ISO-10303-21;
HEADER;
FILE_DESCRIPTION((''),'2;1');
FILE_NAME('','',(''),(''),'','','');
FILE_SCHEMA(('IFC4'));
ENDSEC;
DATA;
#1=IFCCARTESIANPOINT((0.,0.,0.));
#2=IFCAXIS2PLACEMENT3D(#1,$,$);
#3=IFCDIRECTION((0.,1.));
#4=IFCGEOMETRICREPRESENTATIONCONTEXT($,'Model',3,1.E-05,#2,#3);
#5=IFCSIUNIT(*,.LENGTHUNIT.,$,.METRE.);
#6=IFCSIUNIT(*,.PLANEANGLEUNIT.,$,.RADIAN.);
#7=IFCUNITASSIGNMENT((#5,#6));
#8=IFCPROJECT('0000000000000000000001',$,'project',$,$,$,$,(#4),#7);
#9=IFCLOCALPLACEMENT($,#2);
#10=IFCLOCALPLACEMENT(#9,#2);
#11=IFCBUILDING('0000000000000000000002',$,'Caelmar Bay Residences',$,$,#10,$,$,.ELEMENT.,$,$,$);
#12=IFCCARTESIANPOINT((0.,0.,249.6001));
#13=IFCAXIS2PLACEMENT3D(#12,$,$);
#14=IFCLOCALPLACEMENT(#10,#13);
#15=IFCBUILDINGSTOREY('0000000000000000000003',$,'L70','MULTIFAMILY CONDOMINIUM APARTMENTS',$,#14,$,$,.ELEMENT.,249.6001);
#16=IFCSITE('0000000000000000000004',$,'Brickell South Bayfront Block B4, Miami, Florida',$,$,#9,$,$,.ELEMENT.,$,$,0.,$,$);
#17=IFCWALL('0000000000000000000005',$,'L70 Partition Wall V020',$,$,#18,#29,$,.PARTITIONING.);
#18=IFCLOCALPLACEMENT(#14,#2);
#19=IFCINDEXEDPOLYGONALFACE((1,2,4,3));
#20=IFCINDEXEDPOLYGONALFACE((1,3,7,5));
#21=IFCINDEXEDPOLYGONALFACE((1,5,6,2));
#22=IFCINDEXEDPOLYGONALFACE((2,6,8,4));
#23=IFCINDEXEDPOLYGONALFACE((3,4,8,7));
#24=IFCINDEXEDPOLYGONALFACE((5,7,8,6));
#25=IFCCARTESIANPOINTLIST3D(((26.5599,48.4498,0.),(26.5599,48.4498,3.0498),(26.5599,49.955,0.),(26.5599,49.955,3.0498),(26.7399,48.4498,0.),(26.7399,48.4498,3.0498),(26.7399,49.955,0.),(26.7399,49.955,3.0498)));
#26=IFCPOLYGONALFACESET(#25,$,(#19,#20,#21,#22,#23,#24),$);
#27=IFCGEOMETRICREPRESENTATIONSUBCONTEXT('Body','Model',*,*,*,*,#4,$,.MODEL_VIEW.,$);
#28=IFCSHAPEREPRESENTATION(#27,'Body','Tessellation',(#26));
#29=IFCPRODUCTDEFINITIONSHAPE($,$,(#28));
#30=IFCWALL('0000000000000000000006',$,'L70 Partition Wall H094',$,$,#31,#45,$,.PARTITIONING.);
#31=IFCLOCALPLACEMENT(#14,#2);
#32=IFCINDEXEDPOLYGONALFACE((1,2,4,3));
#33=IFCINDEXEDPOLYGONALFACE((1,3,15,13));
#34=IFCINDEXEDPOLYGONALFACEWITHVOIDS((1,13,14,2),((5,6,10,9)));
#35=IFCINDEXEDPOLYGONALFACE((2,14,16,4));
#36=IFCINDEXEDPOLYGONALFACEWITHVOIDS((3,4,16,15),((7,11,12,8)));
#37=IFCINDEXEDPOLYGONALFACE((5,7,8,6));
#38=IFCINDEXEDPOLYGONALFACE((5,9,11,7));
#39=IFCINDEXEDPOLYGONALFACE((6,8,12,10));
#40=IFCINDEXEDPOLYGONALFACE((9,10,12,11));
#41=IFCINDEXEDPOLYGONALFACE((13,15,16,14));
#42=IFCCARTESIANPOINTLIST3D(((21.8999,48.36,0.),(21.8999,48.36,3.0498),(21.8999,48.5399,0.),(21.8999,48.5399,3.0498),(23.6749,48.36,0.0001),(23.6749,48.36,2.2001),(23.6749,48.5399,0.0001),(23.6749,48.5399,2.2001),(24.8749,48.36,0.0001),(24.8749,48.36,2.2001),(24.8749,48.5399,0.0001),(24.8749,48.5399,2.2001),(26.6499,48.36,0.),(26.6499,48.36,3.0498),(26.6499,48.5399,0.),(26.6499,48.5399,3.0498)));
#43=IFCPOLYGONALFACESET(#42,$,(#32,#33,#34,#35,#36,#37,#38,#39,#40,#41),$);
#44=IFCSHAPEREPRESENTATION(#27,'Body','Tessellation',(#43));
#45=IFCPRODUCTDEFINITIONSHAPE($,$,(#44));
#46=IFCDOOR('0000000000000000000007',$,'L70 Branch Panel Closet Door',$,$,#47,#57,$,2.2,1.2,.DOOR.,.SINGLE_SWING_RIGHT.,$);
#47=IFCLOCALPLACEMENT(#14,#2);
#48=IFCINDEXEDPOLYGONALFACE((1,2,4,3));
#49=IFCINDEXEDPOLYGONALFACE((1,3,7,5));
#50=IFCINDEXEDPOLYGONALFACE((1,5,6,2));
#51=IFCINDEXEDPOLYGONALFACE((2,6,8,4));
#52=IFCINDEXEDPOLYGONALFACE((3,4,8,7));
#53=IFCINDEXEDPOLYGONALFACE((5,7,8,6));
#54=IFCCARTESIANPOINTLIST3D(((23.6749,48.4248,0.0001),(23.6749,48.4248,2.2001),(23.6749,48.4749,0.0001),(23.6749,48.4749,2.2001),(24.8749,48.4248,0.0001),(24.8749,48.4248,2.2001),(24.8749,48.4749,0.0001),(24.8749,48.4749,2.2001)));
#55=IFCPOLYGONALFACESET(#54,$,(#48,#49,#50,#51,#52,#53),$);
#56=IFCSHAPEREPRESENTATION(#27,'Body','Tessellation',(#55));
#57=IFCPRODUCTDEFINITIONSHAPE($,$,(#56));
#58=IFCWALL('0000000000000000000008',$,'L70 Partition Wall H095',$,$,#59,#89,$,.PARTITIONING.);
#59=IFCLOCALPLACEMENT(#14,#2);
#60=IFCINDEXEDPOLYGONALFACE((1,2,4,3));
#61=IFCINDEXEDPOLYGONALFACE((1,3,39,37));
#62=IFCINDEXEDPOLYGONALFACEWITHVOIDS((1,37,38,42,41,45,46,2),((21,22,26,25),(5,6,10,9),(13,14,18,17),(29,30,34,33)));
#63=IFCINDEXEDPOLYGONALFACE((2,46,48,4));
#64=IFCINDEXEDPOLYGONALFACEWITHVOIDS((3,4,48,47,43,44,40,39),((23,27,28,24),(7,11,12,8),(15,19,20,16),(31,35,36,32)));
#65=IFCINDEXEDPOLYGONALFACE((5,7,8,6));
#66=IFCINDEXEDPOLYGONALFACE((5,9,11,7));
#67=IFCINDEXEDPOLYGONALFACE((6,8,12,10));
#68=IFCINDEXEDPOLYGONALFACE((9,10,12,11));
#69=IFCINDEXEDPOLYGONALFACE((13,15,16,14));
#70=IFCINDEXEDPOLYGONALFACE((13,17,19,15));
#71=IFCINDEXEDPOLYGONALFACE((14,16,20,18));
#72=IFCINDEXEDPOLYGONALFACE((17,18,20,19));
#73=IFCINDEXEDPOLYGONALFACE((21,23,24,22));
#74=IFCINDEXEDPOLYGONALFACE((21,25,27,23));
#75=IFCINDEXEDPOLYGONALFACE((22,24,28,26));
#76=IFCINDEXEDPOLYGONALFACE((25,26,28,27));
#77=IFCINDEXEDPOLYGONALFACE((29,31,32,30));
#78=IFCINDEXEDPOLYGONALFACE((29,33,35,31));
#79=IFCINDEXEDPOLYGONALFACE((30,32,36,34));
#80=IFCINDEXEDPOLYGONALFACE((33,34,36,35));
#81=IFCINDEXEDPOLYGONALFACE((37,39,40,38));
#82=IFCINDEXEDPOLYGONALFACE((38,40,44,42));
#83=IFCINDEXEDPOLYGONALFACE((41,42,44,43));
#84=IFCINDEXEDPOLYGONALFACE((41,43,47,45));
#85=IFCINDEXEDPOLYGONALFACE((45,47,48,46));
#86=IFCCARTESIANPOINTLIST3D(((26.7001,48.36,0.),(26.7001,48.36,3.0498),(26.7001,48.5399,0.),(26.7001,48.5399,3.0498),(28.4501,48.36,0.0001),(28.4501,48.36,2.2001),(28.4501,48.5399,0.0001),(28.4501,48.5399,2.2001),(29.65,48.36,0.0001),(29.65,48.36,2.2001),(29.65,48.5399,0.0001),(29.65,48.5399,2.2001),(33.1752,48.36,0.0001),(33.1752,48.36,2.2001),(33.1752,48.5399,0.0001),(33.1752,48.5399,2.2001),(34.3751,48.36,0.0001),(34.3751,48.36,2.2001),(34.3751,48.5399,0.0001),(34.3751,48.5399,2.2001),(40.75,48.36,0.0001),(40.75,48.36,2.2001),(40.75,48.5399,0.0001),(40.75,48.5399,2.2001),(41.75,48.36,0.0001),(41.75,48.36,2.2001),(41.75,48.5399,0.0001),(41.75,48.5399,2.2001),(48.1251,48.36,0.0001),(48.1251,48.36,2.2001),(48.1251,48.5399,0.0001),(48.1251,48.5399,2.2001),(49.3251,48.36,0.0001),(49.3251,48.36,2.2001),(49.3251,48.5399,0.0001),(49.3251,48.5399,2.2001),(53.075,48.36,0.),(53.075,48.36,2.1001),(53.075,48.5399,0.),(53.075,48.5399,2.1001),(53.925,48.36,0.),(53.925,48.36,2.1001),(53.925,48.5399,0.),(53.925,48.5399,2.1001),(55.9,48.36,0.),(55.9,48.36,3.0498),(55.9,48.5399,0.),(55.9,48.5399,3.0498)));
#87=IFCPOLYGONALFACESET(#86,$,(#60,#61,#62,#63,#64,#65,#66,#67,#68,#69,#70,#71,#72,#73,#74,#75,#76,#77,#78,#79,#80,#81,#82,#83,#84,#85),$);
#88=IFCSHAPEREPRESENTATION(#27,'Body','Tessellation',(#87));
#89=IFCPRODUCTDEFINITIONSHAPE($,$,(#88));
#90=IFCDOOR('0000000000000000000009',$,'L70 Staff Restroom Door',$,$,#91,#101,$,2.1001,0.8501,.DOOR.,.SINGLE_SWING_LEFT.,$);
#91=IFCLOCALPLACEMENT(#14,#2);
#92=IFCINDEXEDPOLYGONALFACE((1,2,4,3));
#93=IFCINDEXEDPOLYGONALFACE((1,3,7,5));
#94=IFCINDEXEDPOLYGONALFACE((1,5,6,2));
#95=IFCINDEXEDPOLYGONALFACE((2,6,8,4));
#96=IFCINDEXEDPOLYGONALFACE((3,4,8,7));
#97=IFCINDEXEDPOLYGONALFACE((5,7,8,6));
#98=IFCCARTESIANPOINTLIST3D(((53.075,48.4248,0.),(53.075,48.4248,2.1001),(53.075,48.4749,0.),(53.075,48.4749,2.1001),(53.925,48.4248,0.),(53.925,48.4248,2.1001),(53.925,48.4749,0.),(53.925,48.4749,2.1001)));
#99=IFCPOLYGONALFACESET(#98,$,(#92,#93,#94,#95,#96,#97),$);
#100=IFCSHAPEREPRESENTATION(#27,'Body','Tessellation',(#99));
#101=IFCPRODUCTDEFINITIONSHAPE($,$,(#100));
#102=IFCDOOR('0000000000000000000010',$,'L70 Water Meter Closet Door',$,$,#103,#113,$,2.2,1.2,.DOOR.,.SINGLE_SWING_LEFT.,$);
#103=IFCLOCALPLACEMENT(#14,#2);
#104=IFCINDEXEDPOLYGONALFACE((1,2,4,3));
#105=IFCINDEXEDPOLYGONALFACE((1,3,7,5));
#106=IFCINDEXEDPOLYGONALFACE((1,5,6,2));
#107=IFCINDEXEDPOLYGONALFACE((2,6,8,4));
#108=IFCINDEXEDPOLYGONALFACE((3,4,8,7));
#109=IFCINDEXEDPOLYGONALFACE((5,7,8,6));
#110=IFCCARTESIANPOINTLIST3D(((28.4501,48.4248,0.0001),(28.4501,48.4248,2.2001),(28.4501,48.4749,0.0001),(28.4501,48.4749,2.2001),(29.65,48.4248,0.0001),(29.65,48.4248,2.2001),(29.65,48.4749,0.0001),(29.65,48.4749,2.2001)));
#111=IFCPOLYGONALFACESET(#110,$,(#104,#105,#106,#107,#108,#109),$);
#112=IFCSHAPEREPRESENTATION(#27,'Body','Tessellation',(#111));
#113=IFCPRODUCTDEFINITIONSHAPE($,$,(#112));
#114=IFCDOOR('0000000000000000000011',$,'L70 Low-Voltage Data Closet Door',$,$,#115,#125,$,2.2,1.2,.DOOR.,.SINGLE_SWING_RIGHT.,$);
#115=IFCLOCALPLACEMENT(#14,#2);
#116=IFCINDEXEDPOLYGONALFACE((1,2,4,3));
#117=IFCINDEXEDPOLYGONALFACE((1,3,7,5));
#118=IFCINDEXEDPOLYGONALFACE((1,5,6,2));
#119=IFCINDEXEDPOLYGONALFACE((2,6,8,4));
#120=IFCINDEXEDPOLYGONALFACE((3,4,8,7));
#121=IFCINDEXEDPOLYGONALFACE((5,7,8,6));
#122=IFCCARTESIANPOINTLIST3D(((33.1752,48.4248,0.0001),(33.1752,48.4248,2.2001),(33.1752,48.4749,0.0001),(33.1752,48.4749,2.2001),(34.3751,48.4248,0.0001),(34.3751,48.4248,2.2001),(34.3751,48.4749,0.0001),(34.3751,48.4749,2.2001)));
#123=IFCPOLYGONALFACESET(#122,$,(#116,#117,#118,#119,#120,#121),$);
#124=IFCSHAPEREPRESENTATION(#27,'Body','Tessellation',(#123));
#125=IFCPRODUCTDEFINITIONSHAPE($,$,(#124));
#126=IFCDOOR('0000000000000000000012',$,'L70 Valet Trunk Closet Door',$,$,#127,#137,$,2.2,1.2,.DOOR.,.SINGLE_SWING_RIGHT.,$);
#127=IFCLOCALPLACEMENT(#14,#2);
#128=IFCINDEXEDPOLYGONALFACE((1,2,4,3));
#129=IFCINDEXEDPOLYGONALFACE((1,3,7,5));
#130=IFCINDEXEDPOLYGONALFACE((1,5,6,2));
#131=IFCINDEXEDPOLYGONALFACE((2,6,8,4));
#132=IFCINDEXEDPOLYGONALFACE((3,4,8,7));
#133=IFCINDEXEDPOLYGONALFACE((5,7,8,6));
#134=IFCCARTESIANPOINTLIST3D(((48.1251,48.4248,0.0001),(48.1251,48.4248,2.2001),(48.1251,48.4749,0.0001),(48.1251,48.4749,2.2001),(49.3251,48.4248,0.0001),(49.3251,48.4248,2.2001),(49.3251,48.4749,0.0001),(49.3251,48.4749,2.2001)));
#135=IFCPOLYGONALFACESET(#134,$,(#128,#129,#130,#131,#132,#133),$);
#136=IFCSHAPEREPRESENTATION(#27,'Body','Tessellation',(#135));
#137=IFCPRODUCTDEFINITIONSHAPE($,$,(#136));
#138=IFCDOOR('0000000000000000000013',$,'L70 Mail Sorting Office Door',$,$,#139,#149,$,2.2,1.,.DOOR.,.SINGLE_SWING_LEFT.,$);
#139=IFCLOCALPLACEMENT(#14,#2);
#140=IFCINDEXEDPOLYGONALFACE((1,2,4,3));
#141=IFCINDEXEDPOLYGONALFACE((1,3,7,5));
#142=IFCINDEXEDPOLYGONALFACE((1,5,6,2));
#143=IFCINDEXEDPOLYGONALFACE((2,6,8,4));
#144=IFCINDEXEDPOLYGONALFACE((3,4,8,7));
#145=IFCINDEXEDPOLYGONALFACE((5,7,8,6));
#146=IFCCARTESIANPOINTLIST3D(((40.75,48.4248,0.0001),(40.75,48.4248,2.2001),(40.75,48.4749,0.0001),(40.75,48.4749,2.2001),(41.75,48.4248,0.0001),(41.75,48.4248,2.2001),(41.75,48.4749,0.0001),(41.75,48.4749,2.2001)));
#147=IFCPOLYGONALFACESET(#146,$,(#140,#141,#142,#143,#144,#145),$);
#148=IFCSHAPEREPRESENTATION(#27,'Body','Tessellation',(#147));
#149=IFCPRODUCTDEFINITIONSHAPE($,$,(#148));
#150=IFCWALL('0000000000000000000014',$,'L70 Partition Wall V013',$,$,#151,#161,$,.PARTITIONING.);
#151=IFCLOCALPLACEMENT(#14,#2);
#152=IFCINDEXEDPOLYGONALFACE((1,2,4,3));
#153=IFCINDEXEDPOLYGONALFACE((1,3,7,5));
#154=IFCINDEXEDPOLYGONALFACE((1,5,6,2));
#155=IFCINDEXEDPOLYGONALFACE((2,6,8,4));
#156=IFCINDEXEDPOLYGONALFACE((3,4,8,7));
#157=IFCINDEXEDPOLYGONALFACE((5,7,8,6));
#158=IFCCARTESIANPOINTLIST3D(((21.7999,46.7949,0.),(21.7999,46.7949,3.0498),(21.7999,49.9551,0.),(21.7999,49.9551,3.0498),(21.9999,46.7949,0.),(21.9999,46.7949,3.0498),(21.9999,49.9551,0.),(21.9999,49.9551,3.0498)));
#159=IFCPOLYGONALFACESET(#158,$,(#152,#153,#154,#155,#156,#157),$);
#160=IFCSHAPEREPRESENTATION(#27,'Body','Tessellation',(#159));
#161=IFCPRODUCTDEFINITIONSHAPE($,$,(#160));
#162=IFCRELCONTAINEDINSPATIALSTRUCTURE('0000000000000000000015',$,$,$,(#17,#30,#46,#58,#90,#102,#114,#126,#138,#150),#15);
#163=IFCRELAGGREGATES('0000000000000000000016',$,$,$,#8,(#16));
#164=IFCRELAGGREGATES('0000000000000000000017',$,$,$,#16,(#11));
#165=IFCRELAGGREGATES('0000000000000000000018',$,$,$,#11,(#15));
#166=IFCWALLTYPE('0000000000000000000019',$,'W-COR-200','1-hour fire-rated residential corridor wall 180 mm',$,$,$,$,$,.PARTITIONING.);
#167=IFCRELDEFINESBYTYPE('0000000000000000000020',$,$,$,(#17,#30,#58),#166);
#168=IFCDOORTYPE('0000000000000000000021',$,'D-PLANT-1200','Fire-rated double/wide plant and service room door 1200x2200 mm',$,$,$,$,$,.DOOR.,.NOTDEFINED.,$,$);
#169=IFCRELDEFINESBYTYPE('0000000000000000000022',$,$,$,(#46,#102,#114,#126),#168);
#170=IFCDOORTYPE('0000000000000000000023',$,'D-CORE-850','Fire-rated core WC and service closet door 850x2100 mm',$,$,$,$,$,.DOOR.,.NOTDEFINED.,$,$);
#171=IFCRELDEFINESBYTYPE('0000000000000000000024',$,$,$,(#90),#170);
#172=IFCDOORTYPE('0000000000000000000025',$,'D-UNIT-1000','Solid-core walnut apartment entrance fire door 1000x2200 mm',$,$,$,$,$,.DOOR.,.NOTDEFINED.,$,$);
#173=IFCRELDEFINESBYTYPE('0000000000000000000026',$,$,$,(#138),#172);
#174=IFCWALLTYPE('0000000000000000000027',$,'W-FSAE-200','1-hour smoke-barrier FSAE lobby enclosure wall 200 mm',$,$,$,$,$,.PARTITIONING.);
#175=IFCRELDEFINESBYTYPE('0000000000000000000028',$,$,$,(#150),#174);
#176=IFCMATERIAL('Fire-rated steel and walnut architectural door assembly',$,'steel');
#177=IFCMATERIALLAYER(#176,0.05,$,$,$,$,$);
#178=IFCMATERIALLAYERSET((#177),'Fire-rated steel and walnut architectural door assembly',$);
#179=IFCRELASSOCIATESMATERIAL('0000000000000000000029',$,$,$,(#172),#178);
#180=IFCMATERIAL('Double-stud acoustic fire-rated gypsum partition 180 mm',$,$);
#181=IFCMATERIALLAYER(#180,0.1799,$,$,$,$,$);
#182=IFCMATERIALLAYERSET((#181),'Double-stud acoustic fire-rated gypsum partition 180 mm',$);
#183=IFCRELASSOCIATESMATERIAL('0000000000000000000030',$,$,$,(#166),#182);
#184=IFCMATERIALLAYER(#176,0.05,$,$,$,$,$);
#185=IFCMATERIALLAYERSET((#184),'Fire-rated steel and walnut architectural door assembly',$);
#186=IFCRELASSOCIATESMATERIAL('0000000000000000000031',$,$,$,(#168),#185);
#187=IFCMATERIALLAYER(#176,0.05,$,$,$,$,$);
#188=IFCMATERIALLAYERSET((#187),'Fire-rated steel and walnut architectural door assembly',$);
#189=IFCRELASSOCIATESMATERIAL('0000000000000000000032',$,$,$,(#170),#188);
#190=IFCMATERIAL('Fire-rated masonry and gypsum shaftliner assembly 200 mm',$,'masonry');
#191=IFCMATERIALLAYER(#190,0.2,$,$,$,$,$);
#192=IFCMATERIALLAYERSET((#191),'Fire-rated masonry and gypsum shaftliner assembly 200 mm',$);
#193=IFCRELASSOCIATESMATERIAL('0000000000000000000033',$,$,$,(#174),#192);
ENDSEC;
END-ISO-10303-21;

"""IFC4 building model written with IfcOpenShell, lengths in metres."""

from ifc_helpers import new_model, si_unit, direction, frame, frame_2d, origin, place, context, subcontext, project, spatial, rectangle, extrude, material, layer, layer_set, type_object, element, fill, save


model = new_model("IFC4")

# Units and contexts
model_context = context("Model", 3, precision=1e-05, world=origin(), true_north=direction((0.0, 1.0)))
body_context = subcontext(model_context, "Body", "Model", "MODEL_VIEW")
ifc_project = project(units=[si_unit("LENGTHUNIT", "METRE"), si_unit("PLANEANGLEUNIT", "RADIAN")], contexts=[model_context])

# Site, building, storey
site_placement = place(None, origin())
site = spatial("IfcSite", under=ifc_project, at=site_placement, Name="Brickell South Bayfront Block B4, Miami, Florida", CompositionType="ELEMENT", RefElevation=0.0)
building_placement = place(site_placement, origin())
building = spatial("IfcBuilding", under=site, at=building_placement, Name="Caelmar Bay Residences", CompositionType="ELEMENT")
storey_placement = place(building_placement, frame((0.0, 0.0, 249.6001)))
storey = spatial("IfcBuildingStorey", under=building, at=storey_placement, Name="L70", Description="MULTIFAMILY CONDOMINIUM APARTMENTS", CompositionType="ELEMENT", Elevation=249.6001)

# Shared definitions
ifc_material_1 = material(Name="Fire-rated steel and walnut architectural door assembly", Category="steel")
ifc_layer_1 = layer(ifc_material_1, 0.05)
ifc_layer_set_1 = layer_set([ifc_layer_1], Name="Fire-rated steel and walnut architectural door assembly")
door_type_1 = type_object("IfcDoorType", Name="D-UNIT-1000", Description="Solid-core walnut apartment entrance fire door 1000x2200 mm", OperationType="NOTDEFINED", PredefinedType="DOOR", material=ifc_layer_set_1)

# Wall
ifc_material_2 = material(Name="Double-stud acoustic fire-rated gypsum partition 180 mm")
ifc_layer_2 = layer(ifc_material_2, 0.1799)
ifc_layer_set_2 = layer_set([ifc_layer_2], Name="Double-stud acoustic fire-rated gypsum partition 180 mm")
wall_type_1 = type_object("IfcWallType", Name="W-COR-200", Description="1-hour fire-rated residential corridor wall 180 mm", PredefinedType="PARTITIONING", material=ifc_layer_set_2)
wall_1_placement = place(storey_placement, frame((26.6499, 48.45, 0.0), z_axis=(0.0, 0.0, 1.0), x_axis=(0.0, 1.0, 0.0)))
element("IfcWall", 1, at=wall_1_placement, inside=storey, type_object=wall_type_1, Name="L70 Partition Wall V020", PredefinedType="PARTITIONING", context=body_context, shape_type="SweptSolid", body=[
    extrude(rectangle(XDim=1.5051, YDim=0.1799, at=frame_2d((0.7524, 0.0))), origin(), (0.0, 0.0, 1.0), 3.0498),
])

# Wall, opening, door
wall_2_placement = place(storey_placement, frame((21.8999, 48.45, 0.0), z_axis=(0.0, 0.0, 1.0), x_axis=(1.0, 0.0, 0.0)))
wall_2 = element("IfcWall", 2, at=wall_2_placement, inside=storey, type_object=wall_type_1, Name="L70 Partition Wall H094", PredefinedType="PARTITIONING", context=body_context, shape_type="SweptSolid", body=[
    extrude(rectangle(XDim=4.75, YDim=0.1799, at=frame_2d((2.375, 0.0))), origin(), (0.0, 0.0, 1.0), 3.0498),
])
opening_1_placement = place(wall_2_placement, frame((1.7749, 0.0, 0.0)))
opening_1 = element("IfcOpeningElement", 3, at=opening_1_placement, cuts=wall_2, PredefinedType="OPENING", context=body_context, shape_type="SweptSolid", body=[
    extrude(rectangle(XDim=1.2, YDim=2.2, at=frame_2d((0.6001, 1.1001))), frame((0.0, 0.0999, 0.0), z_axis=(0.0, -1.0, 0.0), x_axis=(1.0, 0.0, 0.0)), (0.0, 0.0, 1.0), 0.2),
])
ifc_layer_3 = layer(ifc_material_1, 0.05)
ifc_layer_set_3 = layer_set([ifc_layer_3], Name="Fire-rated steel and walnut architectural door assembly")
door_type_2 = type_object("IfcDoorType", Name="D-PLANT-1200", Description="Fire-rated double/wide plant and service room door 1200x2200 mm", OperationType="NOTDEFINED", PredefinedType="DOOR", material=ifc_layer_set_3)
door_1_placement = place(opening_1_placement, origin())
door_1 = element("IfcDoor", 4, at=door_1_placement, inside=storey, type_object=door_type_2, Name="L70 Branch Panel Closet Door", OperationType="SINGLE_SWING_RIGHT", OverallHeight=2.2, OverallWidth=1.2, PredefinedType="DOOR", context=body_context, shape_type="SweptSolid", body=[
    extrude(rectangle(XDim=1.2, YDim=2.2, at=frame_2d((0.6001, 1.1001))), frame((0.0, 0.0249, 0.0), z_axis=(0.0, -1.0, 0.0), x_axis=(1.0, 0.0, 0.0)), (0.0, 0.0, 1.0), 0.05),
])
fill(opening_1, door_1)

# Wall, openings, doors
wall_3_placement = place(storey_placement, frame((26.7, 48.45, 0.0), z_axis=(0.0, 0.0, 1.0), x_axis=(1.0, 0.0, 0.0)))
wall_3 = element("IfcWall", 5, at=wall_3_placement, inside=storey, type_object=wall_type_1, Name="L70 Partition Wall H095", PredefinedType="PARTITIONING", context=body_context, shape_type="SweptSolid", body=[
    extrude(rectangle(XDim=29.2, YDim=0.1799, at=frame_2d((14.6001, 0.0))), origin(), (0.0, 0.0, 1.0), 3.0498),
])
opening_2_placement = place(wall_3_placement, frame((1.75, 0.0, 0.0)))
opening_2 = element("IfcOpeningElement", 6, at=opening_2_placement, cuts=wall_3, PredefinedType="OPENING", context=body_context, shape_type="SweptSolid", body=[
    extrude(rectangle(XDim=1.2, YDim=2.2, at=frame_2d((0.6001, 1.1001))), frame((0.0, 0.0999, 0.0), z_axis=(0.0, -1.0, 0.0), x_axis=(1.0, 0.0, 0.0)), (0.0, 0.0, 1.0), 0.2),
])
opening_3_placement = place(wall_3_placement, frame((6.4751, 0.0, 0.0)))
opening_3 = element("IfcOpeningElement", 7, at=opening_3_placement, cuts=wall_3, PredefinedType="OPENING", context=body_context, shape_type="SweptSolid", body=[
    extrude(rectangle(XDim=1.2, YDim=2.2, at=frame_2d((0.6001, 1.1001))), frame((0.0, 0.0999, 0.0), z_axis=(0.0, -1.0, 0.0), x_axis=(1.0, 0.0, 0.0)), (0.0, 0.0, 1.0), 0.2),
])
opening_4_placement = place(wall_3_placement, frame((14.05, 0.0, 0.0)))
opening_4 = element("IfcOpeningElement", 8, at=opening_4_placement, cuts=wall_3, PredefinedType="OPENING", context=body_context, shape_type="SweptSolid", body=[
    extrude(rectangle(XDim=1.0, YDim=2.2, at=frame_2d((0.5, 1.1001))), frame((0.0, 0.0999, 0.0), z_axis=(0.0, -1.0, 0.0), x_axis=(1.0, 0.0, 0.0)), (0.0, 0.0, 1.0), 0.2),
])
opening_5_placement = place(wall_3_placement, frame((21.425, 0.0, 0.0)))
opening_5 = element("IfcOpeningElement", 9, at=opening_5_placement, cuts=wall_3, PredefinedType="OPENING", context=body_context, shape_type="SweptSolid", body=[
    extrude(rectangle(XDim=1.2, YDim=2.2, at=frame_2d((0.6001, 1.1001))), frame((0.0, 0.0999, 0.0), z_axis=(0.0, -1.0, 0.0), x_axis=(1.0, 0.0, 0.0)), (0.0, 0.0, 1.0), 0.2),
])
opening_6_placement = place(wall_3_placement, frame((26.375, 0.0, 0.0)))
opening_6 = element("IfcOpeningElement", 10, at=opening_6_placement, cuts=wall_3, PredefinedType="OPENING", context=body_context, shape_type="SweptSolid", body=[
    extrude(rectangle(XDim=0.8501, YDim=2.1001, at=frame_2d((0.425, 1.05))), frame((0.0, 0.0999, 0.0), z_axis=(0.0, -1.0, 0.0), x_axis=(1.0, 0.0, 0.0)), (0.0, 0.0, 1.0), 0.2),
])
ifc_layer_4 = layer(ifc_material_1, 0.05)
ifc_layer_set_4 = layer_set([ifc_layer_4], Name="Fire-rated steel and walnut architectural door assembly")
door_type_3 = type_object("IfcDoorType", Name="D-CORE-850", Description="Fire-rated core WC and service closet door 850x2100 mm", OperationType="NOTDEFINED", PredefinedType="DOOR", material=ifc_layer_set_4)
door_2_placement = place(opening_6_placement, origin())
door_2 = element("IfcDoor", 11, at=door_2_placement, inside=storey, type_object=door_type_3, Name="L70 Staff Restroom Door", OperationType="SINGLE_SWING_LEFT", OverallHeight=2.1001, OverallWidth=0.8501, PredefinedType="DOOR", context=body_context, shape_type="SweptSolid", body=[
    extrude(rectangle(XDim=0.8501, YDim=2.1001, at=frame_2d((0.425, 1.05))), frame((0.0, 0.0249, 0.0), z_axis=(0.0, -1.0, 0.0), x_axis=(1.0, 0.0, 0.0)), (0.0, 0.0, 1.0), 0.05),
])
fill(opening_6, door_2)
door_3_placement = place(opening_2_placement, origin())
door_3 = element("IfcDoor", 12, at=door_3_placement, inside=storey, type_object=door_type_2, Name="L70 Water Meter Closet Door", OperationType="SINGLE_SWING_LEFT", OverallHeight=2.2, OverallWidth=1.2, PredefinedType="DOOR", context=body_context, shape_type="SweptSolid", body=[
    extrude(rectangle(XDim=1.2, YDim=2.2, at=frame_2d((0.6001, 1.1001))), frame((0.0, 0.0249, 0.0), z_axis=(0.0, -1.0, 0.0), x_axis=(1.0, 0.0, 0.0)), (0.0, 0.0, 1.0), 0.05),
])
fill(opening_2, door_3)
door_4_placement = place(opening_3_placement, origin())
door_4 = element("IfcDoor", 13, at=door_4_placement, inside=storey, type_object=door_type_2, Name="L70 Low-Voltage Data Closet Door", OperationType="SINGLE_SWING_RIGHT", OverallHeight=2.2, OverallWidth=1.2, PredefinedType="DOOR", context=body_context, shape_type="SweptSolid", body=[
    extrude(rectangle(XDim=1.2, YDim=2.2, at=frame_2d((0.6001, 1.1001))), frame((0.0, 0.0249, 0.0), z_axis=(0.0, -1.0, 0.0), x_axis=(1.0, 0.0, 0.0)), (0.0, 0.0, 1.0), 0.05),
])
fill(opening_3, door_4)
door_5_placement = place(opening_5_placement, origin())
door_5 = element("IfcDoor", 14, at=door_5_placement, inside=storey, type_object=door_type_2, Name="L70 Valet Trunk Closet Door", OperationType="SINGLE_SWING_RIGHT", OverallHeight=2.2, OverallWidth=1.2, PredefinedType="DOOR", context=body_context, shape_type="SweptSolid", body=[
    extrude(rectangle(XDim=1.2, YDim=2.2, at=frame_2d((0.6001, 1.1001))), frame((0.0, 0.0249, 0.0), z_axis=(0.0, -1.0, 0.0), x_axis=(1.0, 0.0, 0.0)), (0.0, 0.0, 1.0), 0.05),
])
fill(opening_5, door_5)
door_6_placement = place(opening_4_placement, origin())
door_6 = element("IfcDoor", 15, at=door_6_placement, inside=storey, type_object=door_type_1, Name="L70 Mail Sorting Office Door", OperationType="SINGLE_SWING_LEFT", OverallHeight=2.2, OverallWidth=1.0, PredefinedType="DOOR", context=body_context, shape_type="SweptSolid", body=[
    extrude(rectangle(XDim=1.0, YDim=2.2, at=frame_2d((0.5, 1.1001))), frame((0.0, 0.0249, 0.0), z_axis=(0.0, -1.0, 0.0), x_axis=(1.0, 0.0, 0.0)), (0.0, 0.0, 1.0), 0.05),
])
fill(opening_4, door_6)

# Wall
ifc_material_3 = material(Name="Fire-rated masonry and gypsum shaftliner assembly 200 mm", Category="masonry")
ifc_layer_5 = layer(ifc_material_3, 0.2)
ifc_layer_set_5 = layer_set([ifc_layer_5], Name="Fire-rated masonry and gypsum shaftliner assembly 200 mm")
wall_type_2 = type_object("IfcWallType", Name="W-FSAE-200", Description="1-hour smoke-barrier FSAE lobby enclosure wall 200 mm", PredefinedType="PARTITIONING", material=ifc_layer_set_5)
wall_4_placement = place(storey_placement, frame((21.8999, 46.7949, 0.0), z_axis=(0.0, 0.0, 1.0), x_axis=(0.0, 1.0, 0.0)))
element("IfcWall", 16, at=wall_4_placement, inside=storey, type_object=wall_type_2, Name="L70 Partition Wall V013", PredefinedType="PARTITIONING", context=body_context, shape_type="SweptSolid", body=[
    extrude(rectangle(XDim=3.1602, YDim=0.2, at=frame_2d((1.5801, 0.0))), origin(), (0.0, 0.0, 1.0), 3.0498),
])

save(model, "model.ifc")
